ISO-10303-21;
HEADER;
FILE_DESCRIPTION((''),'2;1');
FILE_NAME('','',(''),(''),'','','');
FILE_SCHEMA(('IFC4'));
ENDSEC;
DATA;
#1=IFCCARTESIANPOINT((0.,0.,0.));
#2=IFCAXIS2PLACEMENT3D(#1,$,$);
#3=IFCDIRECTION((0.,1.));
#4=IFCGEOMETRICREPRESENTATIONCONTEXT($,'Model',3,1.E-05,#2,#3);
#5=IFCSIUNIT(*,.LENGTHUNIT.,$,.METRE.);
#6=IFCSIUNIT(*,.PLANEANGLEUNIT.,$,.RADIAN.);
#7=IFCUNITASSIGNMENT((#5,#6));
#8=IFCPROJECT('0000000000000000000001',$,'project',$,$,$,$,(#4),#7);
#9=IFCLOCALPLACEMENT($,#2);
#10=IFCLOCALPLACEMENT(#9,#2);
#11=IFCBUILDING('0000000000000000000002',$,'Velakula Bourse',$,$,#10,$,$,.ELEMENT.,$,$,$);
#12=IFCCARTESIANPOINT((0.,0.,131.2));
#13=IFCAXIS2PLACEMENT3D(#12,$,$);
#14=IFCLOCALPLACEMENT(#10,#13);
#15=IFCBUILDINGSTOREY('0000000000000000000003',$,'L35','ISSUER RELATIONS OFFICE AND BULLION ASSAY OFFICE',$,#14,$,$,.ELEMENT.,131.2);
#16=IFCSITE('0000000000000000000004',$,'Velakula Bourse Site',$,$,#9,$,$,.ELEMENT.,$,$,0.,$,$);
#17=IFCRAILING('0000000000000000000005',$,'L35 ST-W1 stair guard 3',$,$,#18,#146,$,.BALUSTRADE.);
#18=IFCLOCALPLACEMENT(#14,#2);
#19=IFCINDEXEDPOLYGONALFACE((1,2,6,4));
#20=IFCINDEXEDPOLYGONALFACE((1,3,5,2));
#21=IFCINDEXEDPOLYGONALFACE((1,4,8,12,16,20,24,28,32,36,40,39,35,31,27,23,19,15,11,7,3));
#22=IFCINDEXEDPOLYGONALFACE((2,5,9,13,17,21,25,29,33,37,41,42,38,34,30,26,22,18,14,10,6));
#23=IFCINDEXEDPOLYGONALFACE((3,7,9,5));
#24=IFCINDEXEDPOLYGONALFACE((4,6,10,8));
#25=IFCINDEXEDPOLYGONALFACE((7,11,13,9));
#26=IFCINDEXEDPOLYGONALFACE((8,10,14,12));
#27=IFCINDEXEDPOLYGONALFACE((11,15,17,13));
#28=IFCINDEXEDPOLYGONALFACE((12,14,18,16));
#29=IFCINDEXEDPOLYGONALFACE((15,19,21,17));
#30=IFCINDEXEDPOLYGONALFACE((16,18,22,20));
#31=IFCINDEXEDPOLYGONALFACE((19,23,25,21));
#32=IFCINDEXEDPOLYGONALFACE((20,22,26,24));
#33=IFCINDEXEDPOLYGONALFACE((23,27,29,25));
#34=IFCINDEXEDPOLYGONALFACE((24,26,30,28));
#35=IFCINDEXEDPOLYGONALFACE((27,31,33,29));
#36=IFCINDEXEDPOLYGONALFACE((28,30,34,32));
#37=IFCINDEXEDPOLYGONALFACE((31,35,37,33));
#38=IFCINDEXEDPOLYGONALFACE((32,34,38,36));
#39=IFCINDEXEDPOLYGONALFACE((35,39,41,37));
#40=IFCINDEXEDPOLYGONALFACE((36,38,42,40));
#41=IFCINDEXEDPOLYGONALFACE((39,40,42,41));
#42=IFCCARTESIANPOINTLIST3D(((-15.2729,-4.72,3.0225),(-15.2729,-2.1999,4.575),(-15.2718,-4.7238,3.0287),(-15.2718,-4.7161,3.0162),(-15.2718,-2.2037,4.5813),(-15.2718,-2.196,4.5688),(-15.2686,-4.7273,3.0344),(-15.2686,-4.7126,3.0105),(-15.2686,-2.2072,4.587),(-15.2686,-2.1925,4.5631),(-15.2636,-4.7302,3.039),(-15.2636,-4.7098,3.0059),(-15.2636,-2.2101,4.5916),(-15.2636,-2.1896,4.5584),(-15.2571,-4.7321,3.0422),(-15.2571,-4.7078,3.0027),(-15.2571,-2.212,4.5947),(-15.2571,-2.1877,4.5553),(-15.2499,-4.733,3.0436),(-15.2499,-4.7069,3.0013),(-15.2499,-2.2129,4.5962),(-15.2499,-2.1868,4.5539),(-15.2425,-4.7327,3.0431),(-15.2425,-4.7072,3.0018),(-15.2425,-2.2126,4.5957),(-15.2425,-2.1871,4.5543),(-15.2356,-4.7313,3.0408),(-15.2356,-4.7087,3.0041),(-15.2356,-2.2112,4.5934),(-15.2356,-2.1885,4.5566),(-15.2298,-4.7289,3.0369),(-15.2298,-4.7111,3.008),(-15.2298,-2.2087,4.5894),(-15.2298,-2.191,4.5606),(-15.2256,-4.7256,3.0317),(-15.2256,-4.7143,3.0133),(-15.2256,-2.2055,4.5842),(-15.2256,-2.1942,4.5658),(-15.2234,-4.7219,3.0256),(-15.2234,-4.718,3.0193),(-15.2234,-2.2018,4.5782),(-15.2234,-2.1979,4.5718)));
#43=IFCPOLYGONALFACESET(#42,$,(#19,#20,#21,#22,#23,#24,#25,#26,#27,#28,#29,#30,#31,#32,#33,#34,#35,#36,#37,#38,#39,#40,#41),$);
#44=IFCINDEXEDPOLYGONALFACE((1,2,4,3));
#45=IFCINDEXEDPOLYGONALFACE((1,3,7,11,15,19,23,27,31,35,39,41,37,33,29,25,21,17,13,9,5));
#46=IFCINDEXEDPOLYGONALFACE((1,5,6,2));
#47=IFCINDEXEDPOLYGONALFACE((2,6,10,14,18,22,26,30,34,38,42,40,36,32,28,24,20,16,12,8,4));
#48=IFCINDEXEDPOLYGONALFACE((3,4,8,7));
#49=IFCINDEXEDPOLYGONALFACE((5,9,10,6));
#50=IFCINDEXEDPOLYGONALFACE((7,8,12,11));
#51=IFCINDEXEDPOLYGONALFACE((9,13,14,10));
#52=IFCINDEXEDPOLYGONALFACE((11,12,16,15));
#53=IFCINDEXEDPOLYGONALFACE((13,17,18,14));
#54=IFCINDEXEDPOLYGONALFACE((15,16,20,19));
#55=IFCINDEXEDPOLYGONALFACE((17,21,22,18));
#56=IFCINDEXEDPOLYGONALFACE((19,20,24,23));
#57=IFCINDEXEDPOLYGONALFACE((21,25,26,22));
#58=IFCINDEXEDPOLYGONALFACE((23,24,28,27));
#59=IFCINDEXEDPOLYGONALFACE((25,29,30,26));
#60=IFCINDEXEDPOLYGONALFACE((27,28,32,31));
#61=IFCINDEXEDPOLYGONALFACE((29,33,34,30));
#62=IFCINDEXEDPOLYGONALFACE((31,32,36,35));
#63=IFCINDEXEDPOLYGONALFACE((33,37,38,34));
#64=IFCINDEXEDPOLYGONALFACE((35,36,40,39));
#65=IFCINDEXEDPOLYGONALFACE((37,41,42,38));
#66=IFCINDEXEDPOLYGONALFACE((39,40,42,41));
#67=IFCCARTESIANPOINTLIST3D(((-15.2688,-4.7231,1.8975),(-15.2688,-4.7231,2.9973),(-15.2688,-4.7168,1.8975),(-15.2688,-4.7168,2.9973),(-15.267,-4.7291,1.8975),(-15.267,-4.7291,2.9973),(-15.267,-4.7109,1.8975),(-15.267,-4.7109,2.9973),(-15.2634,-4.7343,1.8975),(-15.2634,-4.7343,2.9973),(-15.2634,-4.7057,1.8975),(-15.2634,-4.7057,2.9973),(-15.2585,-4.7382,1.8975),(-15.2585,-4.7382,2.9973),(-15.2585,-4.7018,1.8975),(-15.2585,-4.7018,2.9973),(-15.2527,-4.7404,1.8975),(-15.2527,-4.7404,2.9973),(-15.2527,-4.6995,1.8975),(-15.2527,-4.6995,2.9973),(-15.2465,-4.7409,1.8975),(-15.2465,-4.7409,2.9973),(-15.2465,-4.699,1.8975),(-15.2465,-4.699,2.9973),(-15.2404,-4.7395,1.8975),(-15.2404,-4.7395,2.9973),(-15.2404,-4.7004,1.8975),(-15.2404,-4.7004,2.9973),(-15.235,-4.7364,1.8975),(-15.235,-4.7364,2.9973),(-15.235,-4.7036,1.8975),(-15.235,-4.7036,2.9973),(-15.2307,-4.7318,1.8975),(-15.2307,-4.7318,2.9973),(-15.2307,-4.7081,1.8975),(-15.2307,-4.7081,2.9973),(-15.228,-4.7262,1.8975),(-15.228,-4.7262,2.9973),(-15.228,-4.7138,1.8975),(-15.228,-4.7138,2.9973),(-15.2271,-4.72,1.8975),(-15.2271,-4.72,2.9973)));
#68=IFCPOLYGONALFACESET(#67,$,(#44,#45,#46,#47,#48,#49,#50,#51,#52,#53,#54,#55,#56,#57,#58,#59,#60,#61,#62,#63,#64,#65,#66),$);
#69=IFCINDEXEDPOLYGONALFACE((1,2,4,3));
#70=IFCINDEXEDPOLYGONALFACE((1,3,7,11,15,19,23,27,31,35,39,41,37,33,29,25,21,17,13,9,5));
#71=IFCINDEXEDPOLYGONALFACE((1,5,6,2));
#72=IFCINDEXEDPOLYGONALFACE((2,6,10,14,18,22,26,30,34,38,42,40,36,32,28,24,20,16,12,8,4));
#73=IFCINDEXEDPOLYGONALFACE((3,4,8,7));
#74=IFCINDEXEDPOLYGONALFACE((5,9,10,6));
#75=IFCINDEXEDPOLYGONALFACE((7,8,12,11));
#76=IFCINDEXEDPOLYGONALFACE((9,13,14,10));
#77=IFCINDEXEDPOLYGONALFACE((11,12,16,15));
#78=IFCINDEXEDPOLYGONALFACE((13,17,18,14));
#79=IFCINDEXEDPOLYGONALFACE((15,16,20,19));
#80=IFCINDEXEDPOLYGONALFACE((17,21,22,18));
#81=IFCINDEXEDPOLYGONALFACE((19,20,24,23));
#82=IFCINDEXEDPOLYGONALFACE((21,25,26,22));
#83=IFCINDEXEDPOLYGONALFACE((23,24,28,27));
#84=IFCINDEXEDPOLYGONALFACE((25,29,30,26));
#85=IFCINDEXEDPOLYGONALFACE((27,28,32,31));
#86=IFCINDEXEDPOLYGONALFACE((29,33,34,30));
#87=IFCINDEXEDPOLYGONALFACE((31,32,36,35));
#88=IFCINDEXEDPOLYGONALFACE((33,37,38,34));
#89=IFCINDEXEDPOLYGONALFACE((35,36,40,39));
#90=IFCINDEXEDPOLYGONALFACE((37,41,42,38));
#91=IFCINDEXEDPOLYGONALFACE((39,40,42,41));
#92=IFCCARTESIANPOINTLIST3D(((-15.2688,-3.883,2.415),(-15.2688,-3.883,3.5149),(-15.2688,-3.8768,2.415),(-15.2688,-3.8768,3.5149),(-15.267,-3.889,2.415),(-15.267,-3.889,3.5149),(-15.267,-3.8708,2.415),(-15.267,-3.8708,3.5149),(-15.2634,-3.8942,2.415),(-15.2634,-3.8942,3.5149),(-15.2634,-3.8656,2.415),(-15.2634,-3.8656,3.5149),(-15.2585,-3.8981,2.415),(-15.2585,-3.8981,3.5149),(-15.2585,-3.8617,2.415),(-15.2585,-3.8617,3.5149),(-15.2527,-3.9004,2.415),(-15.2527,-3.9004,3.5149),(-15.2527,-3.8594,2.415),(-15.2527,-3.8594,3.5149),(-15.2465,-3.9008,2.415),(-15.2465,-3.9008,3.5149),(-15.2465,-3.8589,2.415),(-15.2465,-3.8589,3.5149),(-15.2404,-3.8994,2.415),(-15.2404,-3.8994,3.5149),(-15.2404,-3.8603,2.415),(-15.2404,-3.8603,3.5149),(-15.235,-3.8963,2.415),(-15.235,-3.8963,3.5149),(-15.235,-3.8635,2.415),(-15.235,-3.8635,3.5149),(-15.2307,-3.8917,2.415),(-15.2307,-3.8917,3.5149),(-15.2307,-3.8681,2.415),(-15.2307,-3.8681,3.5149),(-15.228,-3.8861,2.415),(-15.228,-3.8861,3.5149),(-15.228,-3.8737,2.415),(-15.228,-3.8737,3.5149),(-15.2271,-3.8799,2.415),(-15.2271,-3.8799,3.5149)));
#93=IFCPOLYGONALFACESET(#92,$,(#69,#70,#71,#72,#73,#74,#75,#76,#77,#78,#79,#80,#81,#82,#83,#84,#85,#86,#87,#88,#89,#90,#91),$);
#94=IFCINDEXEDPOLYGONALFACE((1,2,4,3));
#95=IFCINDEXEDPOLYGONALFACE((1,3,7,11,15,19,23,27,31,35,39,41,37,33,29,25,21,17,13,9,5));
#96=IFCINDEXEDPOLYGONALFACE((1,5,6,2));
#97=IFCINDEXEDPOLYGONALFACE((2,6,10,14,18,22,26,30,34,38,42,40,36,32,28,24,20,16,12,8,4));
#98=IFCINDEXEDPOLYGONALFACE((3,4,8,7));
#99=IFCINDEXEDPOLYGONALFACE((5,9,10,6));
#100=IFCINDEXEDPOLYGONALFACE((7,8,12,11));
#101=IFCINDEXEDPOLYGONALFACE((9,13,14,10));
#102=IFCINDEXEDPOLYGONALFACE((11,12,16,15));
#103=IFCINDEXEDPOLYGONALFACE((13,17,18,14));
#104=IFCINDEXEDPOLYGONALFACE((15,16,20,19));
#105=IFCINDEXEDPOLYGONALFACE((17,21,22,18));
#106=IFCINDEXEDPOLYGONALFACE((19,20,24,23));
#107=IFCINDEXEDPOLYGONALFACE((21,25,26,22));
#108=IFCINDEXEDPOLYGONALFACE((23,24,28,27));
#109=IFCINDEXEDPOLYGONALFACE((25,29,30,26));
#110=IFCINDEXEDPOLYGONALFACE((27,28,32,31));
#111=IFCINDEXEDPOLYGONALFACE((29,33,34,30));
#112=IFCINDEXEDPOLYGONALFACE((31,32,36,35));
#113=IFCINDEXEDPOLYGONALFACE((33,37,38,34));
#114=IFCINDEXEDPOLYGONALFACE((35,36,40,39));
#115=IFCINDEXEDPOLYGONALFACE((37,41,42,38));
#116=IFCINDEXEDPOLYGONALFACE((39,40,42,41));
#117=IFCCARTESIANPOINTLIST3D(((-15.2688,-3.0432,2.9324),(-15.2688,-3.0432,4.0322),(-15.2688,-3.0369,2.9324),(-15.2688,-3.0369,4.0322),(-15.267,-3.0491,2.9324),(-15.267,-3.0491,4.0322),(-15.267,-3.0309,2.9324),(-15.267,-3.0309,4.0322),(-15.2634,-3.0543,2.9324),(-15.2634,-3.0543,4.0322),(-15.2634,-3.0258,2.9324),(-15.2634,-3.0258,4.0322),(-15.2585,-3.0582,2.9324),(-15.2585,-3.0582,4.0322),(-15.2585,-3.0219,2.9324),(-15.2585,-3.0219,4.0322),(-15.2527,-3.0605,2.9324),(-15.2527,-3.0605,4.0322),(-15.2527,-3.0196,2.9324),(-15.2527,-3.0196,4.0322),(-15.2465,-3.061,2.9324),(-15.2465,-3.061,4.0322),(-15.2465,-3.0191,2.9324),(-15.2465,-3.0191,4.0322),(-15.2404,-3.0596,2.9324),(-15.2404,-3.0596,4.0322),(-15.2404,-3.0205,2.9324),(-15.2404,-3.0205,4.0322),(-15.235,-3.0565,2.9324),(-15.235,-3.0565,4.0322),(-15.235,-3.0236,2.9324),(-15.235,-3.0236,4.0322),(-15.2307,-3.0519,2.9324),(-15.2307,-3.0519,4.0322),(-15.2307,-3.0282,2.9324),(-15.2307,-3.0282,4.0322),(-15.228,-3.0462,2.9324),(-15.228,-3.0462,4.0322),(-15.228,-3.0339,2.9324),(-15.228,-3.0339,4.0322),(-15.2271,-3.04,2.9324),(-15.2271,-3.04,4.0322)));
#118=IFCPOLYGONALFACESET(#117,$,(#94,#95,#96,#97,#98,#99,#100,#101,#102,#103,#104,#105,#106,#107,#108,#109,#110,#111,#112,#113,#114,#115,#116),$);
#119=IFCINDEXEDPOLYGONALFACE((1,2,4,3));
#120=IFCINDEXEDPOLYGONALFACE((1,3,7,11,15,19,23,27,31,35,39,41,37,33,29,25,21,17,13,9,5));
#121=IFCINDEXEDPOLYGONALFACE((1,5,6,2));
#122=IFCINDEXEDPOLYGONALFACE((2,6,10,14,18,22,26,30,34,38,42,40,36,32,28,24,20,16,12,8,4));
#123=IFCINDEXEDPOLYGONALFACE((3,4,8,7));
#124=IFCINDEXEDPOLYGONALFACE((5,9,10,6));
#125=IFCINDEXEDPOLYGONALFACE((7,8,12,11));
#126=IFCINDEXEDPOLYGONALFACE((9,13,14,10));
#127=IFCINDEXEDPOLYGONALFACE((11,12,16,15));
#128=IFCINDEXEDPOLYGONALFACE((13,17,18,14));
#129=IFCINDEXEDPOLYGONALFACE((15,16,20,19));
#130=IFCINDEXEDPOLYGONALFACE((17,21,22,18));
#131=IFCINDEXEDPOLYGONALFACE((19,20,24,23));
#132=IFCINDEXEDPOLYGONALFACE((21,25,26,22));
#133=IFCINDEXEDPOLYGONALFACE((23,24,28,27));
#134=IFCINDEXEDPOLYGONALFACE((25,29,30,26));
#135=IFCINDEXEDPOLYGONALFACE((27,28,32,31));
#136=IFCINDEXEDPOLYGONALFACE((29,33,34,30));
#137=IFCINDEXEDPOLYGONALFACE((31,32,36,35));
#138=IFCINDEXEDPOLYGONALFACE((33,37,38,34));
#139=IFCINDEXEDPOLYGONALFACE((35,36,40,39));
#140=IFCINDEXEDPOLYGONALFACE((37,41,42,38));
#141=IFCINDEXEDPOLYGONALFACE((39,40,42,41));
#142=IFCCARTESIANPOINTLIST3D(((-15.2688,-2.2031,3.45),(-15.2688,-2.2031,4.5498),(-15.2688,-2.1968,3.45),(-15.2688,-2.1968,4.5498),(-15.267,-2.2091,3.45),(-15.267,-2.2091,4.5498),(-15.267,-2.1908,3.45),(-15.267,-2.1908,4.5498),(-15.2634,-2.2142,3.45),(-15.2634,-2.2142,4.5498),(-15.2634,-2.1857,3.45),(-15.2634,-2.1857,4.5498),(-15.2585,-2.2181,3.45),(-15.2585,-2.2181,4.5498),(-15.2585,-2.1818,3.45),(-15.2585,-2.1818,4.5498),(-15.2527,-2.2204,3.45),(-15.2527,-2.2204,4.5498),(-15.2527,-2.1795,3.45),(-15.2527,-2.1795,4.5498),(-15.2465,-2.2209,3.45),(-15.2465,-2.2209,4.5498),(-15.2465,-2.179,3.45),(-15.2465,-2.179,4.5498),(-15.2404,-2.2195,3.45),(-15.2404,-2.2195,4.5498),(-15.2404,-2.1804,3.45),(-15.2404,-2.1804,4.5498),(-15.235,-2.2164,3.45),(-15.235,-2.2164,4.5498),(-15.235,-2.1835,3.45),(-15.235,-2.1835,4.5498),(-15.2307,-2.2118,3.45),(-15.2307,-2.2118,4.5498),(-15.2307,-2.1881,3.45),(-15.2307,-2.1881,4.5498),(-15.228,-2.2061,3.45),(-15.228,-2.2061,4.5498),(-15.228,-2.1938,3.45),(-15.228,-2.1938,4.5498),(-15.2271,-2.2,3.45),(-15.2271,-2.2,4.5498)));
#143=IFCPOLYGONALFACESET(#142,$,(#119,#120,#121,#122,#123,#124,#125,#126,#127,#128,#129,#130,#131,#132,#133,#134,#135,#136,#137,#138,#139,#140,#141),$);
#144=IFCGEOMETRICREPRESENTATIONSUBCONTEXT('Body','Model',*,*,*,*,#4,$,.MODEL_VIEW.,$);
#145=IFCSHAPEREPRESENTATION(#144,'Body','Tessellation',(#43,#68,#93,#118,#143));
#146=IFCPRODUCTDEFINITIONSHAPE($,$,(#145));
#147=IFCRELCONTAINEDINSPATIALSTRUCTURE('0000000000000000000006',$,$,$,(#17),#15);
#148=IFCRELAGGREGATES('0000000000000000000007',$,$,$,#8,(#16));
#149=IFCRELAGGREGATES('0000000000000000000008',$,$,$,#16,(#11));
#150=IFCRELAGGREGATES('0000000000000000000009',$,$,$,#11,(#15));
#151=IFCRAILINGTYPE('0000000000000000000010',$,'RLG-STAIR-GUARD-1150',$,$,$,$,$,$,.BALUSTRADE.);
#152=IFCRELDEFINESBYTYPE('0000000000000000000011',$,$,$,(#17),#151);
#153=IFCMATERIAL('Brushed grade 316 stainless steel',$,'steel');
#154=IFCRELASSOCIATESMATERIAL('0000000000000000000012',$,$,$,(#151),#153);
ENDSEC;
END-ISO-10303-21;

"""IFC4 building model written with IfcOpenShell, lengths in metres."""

from ifc_helpers import new_model, si_unit, direction, frame, origin, origin_2d, place, context, subcontext, project, spatial, circle, extrude, material, type_object, element, save


model = new_model("IFC4")

# Units and contexts
model_context = context("Model", 3, precision=1e-05, world=origin(), true_north=direction((0.0, 1.0)))
body_context = subcontext(model_context, "Body", "Model", "MODEL_VIEW")
ifc_project = project(units=[si_unit("LENGTHUNIT", "METRE"), si_unit("PLANEANGLEUNIT", "RADIAN")], contexts=[model_context])

# Site, building, storey
site_placement = place(None, origin())
site = spatial("IfcSite", under=ifc_project, at=site_placement, Name="Velakula Bourse Site", CompositionType="ELEMENT", RefElevation=0.0)
building_placement = place(site_placement, origin())
building = spatial("IfcBuilding", under=site, at=building_placement, Name="Velakula Bourse", CompositionType="ELEMENT")
storey_placement = place(building_placement, frame((0.0, 0.0, 131.2)))
storey = spatial("IfcBuildingStorey", under=building, at=storey_placement, Name="L35", Description="ISSUER RELATIONS OFFICE AND BULLION ASSAY OFFICE", CompositionType="ELEMENT", Elevation=131.2)

# Shared definitions
ifc_material_1 = material(Name="Brushed grade 316 stainless steel", Category="steel")

# Railing
railing_type_1 = type_object("IfcRailingType", Name="RLG-STAIR-GUARD-1150", PredefinedType="BALUSTRADE", material=ifc_material_1)
railing_1_placement = place(storey_placement, frame((-15.248, -4.72, 1.8975)))
element("IfcRailing", 1, at=railing_1_placement, inside=storey, type_object=railing_type_1, Name="L35 ST-W1 stair guard 3", PredefinedType="BALUSTRADE", context=body_context, shape_type="SweptSolid", body=[
    extrude(circle(Radius=0.0249, at=origin_2d()), frame((0.0, 0.0, 1.125), z_axis=(0.0, 0.8514, 0.524516), x_axis=(-1.0, 0.0, 0.0)), (0.0, 0.0, 1.0), 2.96),
    extrude(circle(Radius=0.021, at=origin_2d()), origin(), (0.0, 0.0, 1.0), 1.0999),
    extrude(circle(Radius=0.021, at=origin_2d()), frame((0.0, 0.8401, 0.5176)), (0.0, 0.0, 1.0), 1.0999),
    extrude(circle(Radius=0.021, at=origin_2d()), frame((0.0, 1.6799, 1.0349)), (0.0, 0.0, 1.0), 1.0999),
    extrude(circle(Radius=0.021, at=origin_2d()), frame((0.0, 2.52, 1.5525)), (0.0, 0.0, 1.0), 1.0999),
])

save(model, "model.ifc")
